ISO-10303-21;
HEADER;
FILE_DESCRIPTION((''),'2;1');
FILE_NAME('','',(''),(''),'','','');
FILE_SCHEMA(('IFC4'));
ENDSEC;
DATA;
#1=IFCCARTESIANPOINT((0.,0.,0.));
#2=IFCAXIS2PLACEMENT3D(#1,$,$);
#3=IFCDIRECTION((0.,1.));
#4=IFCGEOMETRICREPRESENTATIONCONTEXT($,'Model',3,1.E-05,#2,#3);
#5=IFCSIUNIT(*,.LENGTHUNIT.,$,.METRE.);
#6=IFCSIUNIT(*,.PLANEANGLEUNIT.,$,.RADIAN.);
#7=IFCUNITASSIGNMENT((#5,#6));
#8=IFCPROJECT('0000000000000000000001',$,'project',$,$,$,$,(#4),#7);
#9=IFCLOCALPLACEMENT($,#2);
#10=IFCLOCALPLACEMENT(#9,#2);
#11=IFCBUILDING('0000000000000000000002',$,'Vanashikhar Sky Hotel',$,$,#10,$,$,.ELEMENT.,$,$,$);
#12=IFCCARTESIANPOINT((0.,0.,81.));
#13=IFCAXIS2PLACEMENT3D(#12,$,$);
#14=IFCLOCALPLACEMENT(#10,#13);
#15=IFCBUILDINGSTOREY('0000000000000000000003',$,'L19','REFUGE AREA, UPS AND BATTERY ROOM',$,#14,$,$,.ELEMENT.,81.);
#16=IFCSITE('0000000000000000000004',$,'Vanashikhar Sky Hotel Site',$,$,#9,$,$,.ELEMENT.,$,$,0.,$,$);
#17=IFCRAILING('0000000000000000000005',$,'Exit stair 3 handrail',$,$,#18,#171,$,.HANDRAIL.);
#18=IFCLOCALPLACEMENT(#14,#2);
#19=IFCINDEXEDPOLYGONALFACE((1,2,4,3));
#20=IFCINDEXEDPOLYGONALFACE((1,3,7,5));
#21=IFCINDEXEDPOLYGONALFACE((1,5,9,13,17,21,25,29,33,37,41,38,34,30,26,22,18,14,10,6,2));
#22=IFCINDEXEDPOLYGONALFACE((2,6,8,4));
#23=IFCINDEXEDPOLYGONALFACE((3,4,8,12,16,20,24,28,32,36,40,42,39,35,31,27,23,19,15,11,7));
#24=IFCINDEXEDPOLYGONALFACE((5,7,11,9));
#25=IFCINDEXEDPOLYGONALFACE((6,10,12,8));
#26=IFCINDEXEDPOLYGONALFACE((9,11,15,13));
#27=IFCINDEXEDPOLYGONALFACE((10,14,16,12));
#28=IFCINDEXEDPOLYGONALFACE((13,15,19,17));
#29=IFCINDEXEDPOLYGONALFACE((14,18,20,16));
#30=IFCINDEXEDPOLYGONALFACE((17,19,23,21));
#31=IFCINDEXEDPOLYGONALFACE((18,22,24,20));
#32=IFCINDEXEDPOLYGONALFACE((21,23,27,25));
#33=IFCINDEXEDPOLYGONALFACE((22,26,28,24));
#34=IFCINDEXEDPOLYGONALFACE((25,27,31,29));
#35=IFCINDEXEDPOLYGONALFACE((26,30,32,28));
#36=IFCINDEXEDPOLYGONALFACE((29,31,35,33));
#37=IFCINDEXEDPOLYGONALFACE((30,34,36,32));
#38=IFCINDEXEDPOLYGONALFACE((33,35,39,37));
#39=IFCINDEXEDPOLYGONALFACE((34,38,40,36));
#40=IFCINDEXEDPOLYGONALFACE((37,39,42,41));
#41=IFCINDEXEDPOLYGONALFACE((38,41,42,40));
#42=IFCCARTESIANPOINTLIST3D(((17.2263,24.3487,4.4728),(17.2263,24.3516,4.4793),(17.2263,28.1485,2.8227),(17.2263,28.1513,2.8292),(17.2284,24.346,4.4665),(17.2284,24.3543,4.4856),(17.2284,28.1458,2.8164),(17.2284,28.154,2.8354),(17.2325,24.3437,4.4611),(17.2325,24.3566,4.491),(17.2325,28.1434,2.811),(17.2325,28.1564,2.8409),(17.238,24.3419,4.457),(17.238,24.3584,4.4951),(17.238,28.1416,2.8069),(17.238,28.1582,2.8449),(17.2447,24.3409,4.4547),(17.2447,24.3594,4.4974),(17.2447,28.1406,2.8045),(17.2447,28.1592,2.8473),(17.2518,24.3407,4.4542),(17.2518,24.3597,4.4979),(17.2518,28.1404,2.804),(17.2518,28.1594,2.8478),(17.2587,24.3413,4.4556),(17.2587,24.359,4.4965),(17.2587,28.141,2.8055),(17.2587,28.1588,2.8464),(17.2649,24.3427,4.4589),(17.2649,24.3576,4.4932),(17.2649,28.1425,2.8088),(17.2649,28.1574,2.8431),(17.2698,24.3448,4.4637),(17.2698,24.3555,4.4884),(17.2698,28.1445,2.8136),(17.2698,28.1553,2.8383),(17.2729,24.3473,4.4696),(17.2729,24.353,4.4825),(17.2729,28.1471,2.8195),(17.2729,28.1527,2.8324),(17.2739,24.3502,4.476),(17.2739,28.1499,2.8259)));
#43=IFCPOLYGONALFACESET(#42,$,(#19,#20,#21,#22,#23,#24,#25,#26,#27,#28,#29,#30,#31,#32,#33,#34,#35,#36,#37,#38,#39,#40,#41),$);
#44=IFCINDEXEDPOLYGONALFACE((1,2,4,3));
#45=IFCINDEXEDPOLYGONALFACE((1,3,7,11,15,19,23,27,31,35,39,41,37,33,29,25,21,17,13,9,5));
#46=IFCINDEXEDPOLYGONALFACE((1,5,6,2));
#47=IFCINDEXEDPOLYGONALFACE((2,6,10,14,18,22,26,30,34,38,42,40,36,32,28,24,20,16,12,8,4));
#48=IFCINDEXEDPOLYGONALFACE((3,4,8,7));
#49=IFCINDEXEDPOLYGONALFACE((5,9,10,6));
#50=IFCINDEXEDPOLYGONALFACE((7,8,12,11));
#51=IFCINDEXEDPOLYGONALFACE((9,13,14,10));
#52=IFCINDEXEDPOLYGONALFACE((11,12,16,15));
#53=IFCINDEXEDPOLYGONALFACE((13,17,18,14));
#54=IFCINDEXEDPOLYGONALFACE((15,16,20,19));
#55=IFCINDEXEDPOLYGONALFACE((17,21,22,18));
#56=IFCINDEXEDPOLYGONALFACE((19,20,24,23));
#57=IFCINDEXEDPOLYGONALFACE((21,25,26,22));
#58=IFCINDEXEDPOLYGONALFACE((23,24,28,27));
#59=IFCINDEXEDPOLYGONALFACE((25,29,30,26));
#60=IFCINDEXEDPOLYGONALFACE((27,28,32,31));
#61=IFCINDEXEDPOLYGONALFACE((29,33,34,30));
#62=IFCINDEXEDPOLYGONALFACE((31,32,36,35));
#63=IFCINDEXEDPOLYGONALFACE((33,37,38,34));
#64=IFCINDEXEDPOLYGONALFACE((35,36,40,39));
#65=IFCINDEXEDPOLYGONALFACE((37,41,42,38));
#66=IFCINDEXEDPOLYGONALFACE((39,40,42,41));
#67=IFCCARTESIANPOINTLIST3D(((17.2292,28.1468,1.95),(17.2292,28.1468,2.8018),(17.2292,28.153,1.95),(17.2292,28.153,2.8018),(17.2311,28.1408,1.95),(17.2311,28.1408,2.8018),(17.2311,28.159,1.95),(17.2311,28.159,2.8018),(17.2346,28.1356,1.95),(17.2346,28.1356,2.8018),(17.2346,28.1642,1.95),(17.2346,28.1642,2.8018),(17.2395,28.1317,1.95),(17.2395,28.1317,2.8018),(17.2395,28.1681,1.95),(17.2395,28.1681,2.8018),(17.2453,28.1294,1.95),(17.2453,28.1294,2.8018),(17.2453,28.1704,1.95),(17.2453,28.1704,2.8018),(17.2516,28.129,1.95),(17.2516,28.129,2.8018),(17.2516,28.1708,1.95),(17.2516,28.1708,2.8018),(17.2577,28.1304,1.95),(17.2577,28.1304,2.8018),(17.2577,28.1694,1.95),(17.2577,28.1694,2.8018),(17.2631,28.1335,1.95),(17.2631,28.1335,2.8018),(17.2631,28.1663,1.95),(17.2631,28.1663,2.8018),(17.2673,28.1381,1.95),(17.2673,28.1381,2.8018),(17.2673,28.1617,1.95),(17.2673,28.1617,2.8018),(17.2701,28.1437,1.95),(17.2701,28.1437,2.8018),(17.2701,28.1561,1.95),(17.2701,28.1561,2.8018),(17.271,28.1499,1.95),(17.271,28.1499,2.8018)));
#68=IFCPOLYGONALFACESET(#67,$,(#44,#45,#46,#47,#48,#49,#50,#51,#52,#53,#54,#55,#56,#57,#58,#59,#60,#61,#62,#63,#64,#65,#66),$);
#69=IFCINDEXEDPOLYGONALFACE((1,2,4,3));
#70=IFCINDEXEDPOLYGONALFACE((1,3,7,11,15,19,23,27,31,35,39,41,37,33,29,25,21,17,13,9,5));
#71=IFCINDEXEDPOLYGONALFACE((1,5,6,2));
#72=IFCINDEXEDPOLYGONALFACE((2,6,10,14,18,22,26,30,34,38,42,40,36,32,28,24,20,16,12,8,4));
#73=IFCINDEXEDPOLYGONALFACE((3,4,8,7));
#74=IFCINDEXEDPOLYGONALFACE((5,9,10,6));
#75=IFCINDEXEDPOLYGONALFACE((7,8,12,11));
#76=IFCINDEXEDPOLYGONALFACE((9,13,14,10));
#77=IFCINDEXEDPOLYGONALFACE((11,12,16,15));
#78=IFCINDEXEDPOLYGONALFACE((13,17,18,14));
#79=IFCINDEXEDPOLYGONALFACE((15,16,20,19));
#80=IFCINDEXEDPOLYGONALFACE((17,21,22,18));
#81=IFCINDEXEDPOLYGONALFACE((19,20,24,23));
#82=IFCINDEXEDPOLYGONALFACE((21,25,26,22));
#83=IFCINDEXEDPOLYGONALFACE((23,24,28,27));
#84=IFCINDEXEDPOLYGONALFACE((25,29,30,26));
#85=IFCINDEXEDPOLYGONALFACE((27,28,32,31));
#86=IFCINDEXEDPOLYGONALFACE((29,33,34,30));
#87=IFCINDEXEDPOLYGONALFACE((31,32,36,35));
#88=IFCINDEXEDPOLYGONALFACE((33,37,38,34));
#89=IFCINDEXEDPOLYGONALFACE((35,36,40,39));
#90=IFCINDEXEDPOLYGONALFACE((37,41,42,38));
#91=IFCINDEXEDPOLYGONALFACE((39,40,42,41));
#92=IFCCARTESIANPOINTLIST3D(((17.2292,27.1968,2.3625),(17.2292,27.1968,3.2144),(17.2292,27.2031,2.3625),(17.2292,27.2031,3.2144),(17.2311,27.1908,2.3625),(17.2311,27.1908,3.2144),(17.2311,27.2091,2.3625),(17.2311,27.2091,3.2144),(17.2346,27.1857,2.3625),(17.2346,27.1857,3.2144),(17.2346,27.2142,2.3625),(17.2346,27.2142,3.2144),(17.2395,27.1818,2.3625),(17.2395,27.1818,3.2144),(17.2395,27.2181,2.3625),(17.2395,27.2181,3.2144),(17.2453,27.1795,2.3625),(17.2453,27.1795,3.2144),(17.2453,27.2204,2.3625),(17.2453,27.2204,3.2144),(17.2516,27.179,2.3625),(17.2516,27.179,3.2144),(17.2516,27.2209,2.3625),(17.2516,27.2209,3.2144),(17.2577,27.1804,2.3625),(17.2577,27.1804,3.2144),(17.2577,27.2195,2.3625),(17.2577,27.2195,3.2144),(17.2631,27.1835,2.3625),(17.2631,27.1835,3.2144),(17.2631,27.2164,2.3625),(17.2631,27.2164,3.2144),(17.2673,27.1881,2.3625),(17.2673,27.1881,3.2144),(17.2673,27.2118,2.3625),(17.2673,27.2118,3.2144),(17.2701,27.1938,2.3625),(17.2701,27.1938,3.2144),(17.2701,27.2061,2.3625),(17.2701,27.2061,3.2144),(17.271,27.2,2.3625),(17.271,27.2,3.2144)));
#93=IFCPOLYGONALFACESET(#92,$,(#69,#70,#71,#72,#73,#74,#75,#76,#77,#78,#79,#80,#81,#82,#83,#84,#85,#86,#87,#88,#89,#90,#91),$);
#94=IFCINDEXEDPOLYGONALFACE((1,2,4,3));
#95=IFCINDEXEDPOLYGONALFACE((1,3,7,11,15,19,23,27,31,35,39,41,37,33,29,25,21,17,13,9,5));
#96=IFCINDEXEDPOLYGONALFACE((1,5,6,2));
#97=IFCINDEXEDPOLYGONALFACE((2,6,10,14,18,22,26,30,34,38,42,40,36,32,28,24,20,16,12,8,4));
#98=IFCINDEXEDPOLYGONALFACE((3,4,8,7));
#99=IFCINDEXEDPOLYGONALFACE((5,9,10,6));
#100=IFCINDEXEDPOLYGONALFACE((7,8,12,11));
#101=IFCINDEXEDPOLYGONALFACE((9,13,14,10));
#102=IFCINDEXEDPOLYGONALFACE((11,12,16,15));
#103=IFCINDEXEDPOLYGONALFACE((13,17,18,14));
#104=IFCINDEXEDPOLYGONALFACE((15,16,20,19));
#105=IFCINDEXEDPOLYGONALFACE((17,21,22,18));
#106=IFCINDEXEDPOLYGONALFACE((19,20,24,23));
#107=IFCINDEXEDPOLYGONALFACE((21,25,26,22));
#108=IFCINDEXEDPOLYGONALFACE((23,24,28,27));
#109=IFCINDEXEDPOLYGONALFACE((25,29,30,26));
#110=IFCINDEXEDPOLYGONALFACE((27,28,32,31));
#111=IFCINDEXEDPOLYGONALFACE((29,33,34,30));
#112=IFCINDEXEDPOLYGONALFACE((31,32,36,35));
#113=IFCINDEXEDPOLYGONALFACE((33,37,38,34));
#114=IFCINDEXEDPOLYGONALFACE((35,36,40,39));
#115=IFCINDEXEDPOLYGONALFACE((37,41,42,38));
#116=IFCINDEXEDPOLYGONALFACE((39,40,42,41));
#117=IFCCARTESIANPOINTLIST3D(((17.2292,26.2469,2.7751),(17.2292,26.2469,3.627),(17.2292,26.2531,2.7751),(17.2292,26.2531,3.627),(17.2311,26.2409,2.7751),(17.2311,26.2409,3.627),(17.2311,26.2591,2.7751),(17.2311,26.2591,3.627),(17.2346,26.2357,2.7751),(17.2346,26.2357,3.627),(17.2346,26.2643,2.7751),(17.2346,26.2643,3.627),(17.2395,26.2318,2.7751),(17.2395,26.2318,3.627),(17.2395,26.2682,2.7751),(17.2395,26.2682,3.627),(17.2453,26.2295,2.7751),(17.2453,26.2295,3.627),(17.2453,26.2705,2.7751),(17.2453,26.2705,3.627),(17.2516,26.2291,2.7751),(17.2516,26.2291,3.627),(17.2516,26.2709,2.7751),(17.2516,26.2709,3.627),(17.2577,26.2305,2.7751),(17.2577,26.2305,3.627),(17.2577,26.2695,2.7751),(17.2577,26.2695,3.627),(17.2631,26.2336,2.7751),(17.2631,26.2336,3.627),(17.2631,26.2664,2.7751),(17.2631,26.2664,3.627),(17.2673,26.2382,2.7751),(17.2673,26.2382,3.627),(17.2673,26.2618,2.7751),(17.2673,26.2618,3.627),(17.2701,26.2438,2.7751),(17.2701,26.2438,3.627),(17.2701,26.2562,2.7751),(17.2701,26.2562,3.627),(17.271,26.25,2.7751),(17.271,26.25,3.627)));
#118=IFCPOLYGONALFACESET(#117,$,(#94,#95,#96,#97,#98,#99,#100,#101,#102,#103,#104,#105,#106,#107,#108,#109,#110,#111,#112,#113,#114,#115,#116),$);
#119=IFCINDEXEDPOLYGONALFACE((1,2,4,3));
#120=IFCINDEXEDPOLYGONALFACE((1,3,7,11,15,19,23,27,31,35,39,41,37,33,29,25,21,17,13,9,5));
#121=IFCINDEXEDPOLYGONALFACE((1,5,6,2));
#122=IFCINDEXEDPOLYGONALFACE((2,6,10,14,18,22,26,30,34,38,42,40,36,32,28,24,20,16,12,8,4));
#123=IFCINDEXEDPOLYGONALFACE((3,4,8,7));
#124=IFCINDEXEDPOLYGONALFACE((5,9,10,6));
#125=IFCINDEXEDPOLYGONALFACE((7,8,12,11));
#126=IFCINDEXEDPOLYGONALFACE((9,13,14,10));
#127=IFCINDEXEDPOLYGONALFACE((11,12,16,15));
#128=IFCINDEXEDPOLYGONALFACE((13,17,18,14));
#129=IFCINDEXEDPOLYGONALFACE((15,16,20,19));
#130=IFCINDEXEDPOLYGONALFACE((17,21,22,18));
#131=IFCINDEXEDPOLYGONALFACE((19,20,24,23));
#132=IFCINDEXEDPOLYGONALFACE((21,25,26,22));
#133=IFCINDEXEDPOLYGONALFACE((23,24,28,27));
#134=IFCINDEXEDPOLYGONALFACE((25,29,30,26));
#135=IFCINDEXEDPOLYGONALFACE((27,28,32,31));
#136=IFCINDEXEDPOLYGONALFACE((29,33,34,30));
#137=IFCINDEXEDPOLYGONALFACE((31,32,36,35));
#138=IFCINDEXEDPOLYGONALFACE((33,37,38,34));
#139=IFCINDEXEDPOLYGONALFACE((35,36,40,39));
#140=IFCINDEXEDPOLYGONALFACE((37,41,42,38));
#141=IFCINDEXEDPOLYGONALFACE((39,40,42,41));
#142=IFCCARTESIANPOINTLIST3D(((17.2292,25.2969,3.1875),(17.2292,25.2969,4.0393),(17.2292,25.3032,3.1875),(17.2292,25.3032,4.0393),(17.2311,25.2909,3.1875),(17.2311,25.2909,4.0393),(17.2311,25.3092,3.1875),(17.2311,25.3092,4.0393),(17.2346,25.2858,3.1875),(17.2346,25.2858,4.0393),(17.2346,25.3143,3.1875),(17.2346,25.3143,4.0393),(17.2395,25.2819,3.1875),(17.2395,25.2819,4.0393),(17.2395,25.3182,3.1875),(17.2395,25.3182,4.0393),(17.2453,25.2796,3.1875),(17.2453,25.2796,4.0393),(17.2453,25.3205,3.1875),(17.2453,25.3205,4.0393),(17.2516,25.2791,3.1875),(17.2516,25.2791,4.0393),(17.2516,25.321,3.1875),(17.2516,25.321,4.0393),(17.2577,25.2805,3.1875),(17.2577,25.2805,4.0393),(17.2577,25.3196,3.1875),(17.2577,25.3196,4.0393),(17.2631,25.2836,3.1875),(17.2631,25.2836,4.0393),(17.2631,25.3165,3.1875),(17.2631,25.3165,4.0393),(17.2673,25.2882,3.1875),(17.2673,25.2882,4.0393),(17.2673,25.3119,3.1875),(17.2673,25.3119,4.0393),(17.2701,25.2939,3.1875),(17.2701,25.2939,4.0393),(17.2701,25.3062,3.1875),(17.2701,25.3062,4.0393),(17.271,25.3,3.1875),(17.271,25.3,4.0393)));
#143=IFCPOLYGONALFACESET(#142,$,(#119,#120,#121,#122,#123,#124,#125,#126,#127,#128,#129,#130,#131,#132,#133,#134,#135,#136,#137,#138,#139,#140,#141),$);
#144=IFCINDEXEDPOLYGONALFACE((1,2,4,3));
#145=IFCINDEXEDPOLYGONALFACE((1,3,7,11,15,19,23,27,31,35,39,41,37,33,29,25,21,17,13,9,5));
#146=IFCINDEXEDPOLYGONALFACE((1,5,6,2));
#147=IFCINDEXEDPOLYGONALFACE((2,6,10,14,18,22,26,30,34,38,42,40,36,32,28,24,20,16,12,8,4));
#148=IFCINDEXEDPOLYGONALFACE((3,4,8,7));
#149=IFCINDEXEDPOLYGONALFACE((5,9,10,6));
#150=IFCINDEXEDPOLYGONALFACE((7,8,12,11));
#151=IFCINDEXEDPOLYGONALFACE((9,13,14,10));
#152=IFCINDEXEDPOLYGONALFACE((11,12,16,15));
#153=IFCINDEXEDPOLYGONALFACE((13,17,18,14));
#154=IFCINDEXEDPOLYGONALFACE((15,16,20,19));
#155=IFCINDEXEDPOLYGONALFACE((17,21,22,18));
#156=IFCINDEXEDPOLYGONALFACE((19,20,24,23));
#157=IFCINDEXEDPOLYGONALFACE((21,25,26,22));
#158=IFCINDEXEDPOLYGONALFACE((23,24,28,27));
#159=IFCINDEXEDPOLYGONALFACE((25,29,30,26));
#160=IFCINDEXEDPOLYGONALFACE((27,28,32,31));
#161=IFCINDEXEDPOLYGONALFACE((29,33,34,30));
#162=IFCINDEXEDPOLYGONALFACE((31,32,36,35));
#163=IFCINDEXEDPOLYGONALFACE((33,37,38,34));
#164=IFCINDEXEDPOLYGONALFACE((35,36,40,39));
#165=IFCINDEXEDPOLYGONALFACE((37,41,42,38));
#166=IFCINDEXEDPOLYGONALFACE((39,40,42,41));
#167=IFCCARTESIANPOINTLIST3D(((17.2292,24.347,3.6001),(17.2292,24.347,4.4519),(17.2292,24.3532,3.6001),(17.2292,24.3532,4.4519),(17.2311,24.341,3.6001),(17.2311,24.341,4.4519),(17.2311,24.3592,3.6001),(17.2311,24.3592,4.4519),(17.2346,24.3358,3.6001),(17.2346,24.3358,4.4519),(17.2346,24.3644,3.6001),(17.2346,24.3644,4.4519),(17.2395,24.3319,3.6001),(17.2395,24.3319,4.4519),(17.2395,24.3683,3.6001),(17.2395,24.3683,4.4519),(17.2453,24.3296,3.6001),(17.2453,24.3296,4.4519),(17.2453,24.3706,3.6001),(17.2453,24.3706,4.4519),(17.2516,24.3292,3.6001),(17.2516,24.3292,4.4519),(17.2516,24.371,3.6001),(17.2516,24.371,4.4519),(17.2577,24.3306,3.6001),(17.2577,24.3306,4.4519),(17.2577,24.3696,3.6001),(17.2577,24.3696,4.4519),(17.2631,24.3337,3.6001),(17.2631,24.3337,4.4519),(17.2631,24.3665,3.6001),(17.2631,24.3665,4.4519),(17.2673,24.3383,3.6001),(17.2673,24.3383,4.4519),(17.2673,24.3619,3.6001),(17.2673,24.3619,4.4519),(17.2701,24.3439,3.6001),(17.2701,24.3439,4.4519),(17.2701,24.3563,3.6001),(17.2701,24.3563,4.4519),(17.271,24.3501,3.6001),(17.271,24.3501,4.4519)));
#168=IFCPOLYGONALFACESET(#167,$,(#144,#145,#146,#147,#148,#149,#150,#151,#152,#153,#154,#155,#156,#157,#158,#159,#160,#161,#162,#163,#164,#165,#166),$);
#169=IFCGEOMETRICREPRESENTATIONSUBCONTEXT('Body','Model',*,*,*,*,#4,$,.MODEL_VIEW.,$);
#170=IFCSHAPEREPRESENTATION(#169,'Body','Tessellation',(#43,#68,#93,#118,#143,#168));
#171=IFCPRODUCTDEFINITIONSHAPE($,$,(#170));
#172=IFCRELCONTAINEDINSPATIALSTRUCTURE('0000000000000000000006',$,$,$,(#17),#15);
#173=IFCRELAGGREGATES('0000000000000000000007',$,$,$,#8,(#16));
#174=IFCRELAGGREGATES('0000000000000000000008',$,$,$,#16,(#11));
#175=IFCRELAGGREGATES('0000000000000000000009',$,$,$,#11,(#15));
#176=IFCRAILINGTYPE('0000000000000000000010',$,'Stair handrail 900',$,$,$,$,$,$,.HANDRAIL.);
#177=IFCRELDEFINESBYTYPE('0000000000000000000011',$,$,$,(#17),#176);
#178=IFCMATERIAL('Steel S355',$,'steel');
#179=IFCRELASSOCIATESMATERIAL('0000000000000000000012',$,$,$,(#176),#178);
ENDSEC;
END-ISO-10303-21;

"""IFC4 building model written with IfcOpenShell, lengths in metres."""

from ifc_helpers import new_model, si_unit, direction, frame, origin, origin_2d, place, context, subcontext, project, spatial, circle, extrude, source, transform, mapped, material, type_object, element, save


model = new_model("IFC4")

# Units and contexts
model_context = context("Model", 3, precision=1e-05, world=origin(), true_north=direction((0.0, 1.0)))
body_context = subcontext(model_context, "Body", "Model", "MODEL_VIEW")
ifc_project = project(units=[si_unit("LENGTHUNIT", "METRE"), si_unit("PLANEANGLEUNIT", "RADIAN")], contexts=[model_context])

# Site, building, storey
site_placement = place(None, origin())
site = spatial("IfcSite", under=ifc_project, at=site_placement, Name="Vanashikhar Sky Hotel Site", CompositionType="ELEMENT", RefElevation=0.0)
building_placement = place(site_placement, origin())
building = spatial("IfcBuilding", under=site, at=building_placement, Name="Vanashikhar Sky Hotel", CompositionType="ELEMENT")
storey_placement = place(building_placement, frame((0.0, 0.0, 81.0)))
storey = spatial("IfcBuildingStorey", under=building, at=storey_placement, Name="L19", Description="REFUGE AREA, UPS AND BATTERY ROOM", CompositionType="ELEMENT", Elevation=81.0)

# Railing
ifc_material_1 = material(Name="Steel S355", Category="steel")
railing_type_1 = type_object("IfcRailingType", Name="Stair handrail 900", PredefinedType="HANDRAIL", material=ifc_material_1)
shared_shape_1 = source(origin(), body_context, "Body", "SweptSolid", [
    extrude(circle(Radius=0.0239, at=origin_2d()), frame((0.0, 0.0, 0.876), z_axis=(0.0, -0.917241, 0.398332), x_axis=(1.0, 0.0, 0.0)), (0.0, 0.0, 1.0), 4.1426),
    extrude(circle(Radius=0.021, at=origin_2d()), origin(), (0.0, 0.0, 1.0), 0.8518),
    extrude(circle(Radius=0.021, at=origin_2d()), frame((0.0, -0.95, 0.4126)), (0.0, 0.0, 1.0), 0.8518),
    extrude(circle(Radius=0.021, at=origin_2d()), frame((0.0, -1.8999, 0.8252)), (0.0, 0.0, 1.0), 0.8518),
    extrude(circle(Radius=0.021, at=origin_2d()), frame((0.0, -2.8499, 1.2375)), (0.0, 0.0, 1.0), 0.8518),
    extrude(circle(Radius=0.021, at=origin_2d()), frame((0.0, -3.7998, 1.6501)), (0.0, 0.0, 1.0), 0.8518),
])
railing_1_placement = place(storey_placement, frame((17.25, 28.1499, 1.95)))
element("IfcRailing", 1, at=railing_1_placement, inside=storey, type_object=railing_type_1, Name="Exit stair 3 handrail", PredefinedType="HANDRAIL", context=body_context, shape_type="MappedRepresentation", body=[
    mapped(shared_shape_1, transform((0.0, 0.0, 0.0), scale=1.0)),
])

save(model, "model.ifc")
